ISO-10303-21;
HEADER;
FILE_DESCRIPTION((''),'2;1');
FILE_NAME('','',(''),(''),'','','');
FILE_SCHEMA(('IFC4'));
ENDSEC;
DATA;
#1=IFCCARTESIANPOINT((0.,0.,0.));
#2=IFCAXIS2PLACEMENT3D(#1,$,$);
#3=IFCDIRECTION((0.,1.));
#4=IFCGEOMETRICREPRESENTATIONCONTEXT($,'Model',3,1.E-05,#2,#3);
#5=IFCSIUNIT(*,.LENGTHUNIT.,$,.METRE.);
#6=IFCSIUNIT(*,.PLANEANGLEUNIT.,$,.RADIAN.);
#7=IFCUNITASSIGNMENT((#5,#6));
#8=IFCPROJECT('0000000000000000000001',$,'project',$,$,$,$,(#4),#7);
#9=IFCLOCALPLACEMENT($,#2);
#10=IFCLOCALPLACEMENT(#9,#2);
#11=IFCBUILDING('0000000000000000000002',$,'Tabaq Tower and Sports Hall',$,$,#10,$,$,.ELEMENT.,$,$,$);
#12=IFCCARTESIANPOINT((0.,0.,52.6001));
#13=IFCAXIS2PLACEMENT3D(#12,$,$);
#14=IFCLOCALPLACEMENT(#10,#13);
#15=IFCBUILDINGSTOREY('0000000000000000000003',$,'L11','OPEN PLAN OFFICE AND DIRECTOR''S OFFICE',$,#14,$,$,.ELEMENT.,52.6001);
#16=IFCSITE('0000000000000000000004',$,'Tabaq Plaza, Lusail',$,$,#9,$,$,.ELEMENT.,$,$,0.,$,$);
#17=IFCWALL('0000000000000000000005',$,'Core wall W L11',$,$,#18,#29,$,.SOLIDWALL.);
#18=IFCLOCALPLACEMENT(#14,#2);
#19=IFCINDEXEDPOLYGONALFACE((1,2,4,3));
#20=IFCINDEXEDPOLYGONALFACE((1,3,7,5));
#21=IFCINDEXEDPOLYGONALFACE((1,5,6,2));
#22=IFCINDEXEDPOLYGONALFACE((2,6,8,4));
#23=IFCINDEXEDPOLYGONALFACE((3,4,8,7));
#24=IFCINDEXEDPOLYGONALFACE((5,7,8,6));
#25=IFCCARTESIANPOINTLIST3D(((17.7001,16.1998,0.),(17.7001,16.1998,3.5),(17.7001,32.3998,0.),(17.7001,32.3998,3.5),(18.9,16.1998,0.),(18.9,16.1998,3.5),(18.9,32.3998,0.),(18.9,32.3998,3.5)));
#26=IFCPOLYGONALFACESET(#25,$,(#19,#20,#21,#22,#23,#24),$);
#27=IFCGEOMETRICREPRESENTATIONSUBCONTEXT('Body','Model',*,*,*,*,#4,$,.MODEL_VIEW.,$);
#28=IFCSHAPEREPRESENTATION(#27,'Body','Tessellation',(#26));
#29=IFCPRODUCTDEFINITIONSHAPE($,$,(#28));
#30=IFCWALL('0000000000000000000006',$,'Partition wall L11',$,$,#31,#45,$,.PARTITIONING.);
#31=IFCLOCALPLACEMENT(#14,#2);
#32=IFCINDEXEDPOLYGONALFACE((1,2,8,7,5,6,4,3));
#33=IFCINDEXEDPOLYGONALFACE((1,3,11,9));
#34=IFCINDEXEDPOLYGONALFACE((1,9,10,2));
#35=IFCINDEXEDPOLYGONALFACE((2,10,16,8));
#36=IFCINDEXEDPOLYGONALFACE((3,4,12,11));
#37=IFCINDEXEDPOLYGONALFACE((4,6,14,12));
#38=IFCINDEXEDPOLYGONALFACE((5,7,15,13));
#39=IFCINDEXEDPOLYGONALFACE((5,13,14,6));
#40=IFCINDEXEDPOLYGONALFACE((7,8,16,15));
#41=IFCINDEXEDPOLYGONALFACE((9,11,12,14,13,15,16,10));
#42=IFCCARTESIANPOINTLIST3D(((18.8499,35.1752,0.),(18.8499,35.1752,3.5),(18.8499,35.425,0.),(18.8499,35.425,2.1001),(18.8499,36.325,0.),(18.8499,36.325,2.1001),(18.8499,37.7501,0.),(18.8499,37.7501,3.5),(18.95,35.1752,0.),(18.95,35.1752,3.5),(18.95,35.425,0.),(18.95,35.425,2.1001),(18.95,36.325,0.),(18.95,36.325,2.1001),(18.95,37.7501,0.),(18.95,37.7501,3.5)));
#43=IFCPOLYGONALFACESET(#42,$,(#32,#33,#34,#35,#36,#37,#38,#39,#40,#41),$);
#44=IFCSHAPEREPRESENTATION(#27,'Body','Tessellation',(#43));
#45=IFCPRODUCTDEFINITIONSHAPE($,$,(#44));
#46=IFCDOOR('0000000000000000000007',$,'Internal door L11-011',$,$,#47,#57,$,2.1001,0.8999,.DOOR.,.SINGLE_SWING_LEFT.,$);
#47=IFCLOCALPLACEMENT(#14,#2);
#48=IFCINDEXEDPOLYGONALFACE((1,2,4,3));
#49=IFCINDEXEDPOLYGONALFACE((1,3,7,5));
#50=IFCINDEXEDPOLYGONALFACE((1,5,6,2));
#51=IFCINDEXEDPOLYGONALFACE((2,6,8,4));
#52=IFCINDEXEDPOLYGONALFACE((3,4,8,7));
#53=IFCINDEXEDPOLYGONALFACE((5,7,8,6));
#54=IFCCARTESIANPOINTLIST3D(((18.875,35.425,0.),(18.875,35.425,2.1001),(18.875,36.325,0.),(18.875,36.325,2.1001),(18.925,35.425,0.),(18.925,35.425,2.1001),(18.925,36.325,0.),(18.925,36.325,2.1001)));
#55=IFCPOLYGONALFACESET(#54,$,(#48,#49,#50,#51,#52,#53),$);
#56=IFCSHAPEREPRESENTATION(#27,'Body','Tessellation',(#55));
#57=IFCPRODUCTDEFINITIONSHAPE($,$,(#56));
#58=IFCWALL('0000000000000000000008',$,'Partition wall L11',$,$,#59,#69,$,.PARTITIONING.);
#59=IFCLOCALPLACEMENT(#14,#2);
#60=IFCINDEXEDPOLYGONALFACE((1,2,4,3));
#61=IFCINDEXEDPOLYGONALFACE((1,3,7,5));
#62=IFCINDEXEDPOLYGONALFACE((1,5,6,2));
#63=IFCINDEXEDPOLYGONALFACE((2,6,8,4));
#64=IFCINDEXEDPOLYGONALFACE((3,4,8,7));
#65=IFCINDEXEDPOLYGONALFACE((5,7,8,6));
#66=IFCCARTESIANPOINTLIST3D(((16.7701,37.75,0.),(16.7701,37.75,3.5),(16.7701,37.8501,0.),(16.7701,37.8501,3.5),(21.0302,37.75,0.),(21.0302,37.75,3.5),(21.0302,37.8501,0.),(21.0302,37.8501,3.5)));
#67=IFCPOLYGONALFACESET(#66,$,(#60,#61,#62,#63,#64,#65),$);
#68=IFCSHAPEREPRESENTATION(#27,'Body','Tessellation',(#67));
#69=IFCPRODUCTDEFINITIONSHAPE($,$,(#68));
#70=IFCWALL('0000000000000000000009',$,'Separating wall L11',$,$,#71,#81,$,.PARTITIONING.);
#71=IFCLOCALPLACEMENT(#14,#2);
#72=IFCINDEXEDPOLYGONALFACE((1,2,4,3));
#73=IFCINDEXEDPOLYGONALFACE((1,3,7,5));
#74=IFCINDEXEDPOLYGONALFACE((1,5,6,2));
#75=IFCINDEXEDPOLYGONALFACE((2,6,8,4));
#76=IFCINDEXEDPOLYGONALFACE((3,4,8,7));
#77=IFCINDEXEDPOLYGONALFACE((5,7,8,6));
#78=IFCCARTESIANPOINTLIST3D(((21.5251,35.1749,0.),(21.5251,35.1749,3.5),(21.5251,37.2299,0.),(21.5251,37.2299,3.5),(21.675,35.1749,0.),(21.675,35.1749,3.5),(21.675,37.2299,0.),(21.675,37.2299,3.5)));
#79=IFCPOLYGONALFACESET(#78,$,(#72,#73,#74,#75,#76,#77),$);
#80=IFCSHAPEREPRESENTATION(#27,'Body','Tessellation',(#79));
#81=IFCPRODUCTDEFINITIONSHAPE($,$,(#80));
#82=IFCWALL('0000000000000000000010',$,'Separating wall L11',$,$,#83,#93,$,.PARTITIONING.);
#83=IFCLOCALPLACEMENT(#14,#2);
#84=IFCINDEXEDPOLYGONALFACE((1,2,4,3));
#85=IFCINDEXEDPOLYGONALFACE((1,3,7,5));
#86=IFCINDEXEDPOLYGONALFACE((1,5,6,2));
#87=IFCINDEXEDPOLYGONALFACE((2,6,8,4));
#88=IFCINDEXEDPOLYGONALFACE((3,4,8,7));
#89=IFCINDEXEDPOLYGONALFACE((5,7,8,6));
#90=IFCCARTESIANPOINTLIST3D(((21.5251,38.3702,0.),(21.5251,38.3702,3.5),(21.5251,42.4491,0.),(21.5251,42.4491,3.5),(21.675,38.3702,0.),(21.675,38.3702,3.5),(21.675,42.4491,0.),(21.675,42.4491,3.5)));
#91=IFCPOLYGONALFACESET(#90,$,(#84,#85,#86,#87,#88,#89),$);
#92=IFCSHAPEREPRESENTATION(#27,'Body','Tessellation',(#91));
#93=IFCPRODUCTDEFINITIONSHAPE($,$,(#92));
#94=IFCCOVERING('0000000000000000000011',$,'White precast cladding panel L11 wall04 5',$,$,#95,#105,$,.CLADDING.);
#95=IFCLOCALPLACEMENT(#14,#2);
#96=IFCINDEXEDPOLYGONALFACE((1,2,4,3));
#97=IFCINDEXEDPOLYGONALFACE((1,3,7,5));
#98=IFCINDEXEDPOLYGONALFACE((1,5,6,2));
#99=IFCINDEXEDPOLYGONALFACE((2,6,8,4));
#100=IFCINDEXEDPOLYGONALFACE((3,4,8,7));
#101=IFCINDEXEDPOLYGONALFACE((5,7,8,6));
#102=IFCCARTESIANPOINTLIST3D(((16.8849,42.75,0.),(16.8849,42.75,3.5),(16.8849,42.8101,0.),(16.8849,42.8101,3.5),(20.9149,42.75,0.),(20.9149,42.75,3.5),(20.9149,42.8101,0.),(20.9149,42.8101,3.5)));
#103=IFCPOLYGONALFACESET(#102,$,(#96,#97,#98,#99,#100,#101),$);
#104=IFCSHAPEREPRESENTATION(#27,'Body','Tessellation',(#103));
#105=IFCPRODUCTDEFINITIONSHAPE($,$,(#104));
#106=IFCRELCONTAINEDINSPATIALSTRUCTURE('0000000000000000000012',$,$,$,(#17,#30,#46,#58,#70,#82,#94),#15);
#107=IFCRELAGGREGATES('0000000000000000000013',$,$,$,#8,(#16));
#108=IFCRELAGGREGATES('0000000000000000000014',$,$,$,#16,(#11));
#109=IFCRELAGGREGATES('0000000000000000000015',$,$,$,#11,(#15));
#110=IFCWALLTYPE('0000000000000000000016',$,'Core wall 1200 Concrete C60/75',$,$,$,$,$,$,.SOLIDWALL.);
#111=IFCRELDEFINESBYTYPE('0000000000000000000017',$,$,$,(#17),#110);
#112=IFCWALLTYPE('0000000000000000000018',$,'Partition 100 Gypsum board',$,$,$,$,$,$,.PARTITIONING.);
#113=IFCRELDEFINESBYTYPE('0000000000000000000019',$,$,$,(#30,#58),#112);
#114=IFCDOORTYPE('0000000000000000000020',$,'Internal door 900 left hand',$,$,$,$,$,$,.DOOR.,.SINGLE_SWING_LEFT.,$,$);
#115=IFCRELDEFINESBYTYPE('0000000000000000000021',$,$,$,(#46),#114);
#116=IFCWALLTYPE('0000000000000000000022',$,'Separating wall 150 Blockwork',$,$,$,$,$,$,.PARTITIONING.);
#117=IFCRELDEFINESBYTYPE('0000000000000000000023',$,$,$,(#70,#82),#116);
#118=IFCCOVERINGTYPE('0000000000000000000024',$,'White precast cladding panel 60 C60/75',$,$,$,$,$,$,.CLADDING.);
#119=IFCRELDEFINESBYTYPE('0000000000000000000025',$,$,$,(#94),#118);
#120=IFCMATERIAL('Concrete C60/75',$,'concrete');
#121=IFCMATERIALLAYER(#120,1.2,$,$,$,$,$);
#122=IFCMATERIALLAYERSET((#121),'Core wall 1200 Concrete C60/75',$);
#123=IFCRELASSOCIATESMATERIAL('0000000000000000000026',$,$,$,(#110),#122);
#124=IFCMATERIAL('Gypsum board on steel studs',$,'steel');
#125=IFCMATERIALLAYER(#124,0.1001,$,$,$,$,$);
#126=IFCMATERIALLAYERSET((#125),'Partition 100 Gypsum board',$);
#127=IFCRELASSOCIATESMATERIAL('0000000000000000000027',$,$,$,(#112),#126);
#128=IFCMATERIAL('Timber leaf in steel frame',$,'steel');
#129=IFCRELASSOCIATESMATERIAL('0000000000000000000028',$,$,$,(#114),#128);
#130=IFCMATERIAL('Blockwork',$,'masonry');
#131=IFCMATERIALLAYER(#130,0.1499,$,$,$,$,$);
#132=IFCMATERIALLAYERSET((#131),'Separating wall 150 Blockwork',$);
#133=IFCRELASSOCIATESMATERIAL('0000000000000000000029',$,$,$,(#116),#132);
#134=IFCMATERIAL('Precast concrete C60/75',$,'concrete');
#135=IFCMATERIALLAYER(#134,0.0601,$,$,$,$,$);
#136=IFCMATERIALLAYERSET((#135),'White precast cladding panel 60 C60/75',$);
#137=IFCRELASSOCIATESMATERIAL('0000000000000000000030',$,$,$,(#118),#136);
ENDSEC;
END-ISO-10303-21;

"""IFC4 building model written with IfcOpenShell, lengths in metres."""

from ifc_helpers import new_model, si_unit, direction, frame, frame_2d, origin, place, context, subcontext, project, spatial, rectangle, extrude, material, layer, layer_set, type_object, element, fill, save


model = new_model("IFC4")

# Units and contexts
model_context = context("Model", 3, precision=1e-05, world=origin(), true_north=direction((0.0, 1.0)))
body_context = subcontext(model_context, "Body", "Model", "MODEL_VIEW")
ifc_project = project(units=[si_unit("LENGTHUNIT", "METRE"), si_unit("PLANEANGLEUNIT", "RADIAN")], contexts=[model_context])

# Site, building, storey
site_placement = place(None, origin())
site = spatial("IfcSite", under=ifc_project, at=site_placement, Name="Tabaq Plaza, Lusail", CompositionType="ELEMENT", RefElevation=0.0)
building_placement = place(site_placement, origin())
building = spatial("IfcBuilding", under=site, at=building_placement, Name="Tabaq Tower and Sports Hall", CompositionType="ELEMENT")
storey_placement = place(building_placement, frame((0.0, 0.0, 52.6001)))
storey = spatial("IfcBuildingStorey", under=building, at=storey_placement, Name="L11", Description="OPEN PLAN OFFICE AND DIRECTOR'S OFFICE", CompositionType="ELEMENT", Elevation=52.6001)

# Wall
ifc_material_1 = material(Name="Concrete C60/75", Category="concrete")
ifc_layer_1 = layer(ifc_material_1, 1.2)
ifc_layer_set_1 = layer_set([ifc_layer_1], Name="Core wall 1200 Concrete C60/75")
wall_type_1 = type_object("IfcWallType", Name="Core wall 1200 Concrete C60/75", PredefinedType="SOLIDWALL", material=ifc_layer_set_1)
wall_1_placement = place(storey_placement, frame((18.3, 32.3999, 0.0), z_axis=(0.0, 0.0, 1.0), x_axis=(0.0, -1.0, 0.0)))
element("IfcWall", 1, at=wall_1_placement, inside=storey, type_object=wall_type_1, Name="Core wall W L11", PredefinedType="SOLIDWALL", context=body_context, shape_type="SweptSolid", body=[
    extrude(rectangle(XDim=16.2, YDim=1.2, at=frame_2d((8.1001, 0.0))), origin(), (0.0, 0.0, 1.0), 3.5),
])

# Wall, opening, door
ifc_material_2 = material(Name="Gypsum board on steel studs", Category="steel")
ifc_layer_2 = layer(ifc_material_2, 0.1001)
ifc_layer_set_2 = layer_set([ifc_layer_2], Name="Partition 100 Gypsum board")
wall_type_2 = type_object("IfcWallType", Name="Partition 100 Gypsum board", PredefinedType="PARTITIONING", material=ifc_layer_set_2)
wall_2_placement = place(storey_placement, frame((18.8999, 35.175, 0.0), z_axis=(0.0, 0.0, 1.0), x_axis=(0.0, 1.0, 0.0)))
wall_2 = element("IfcWall", 2, at=wall_2_placement, inside=storey, type_object=wall_type_2, Name="Partition wall L11", PredefinedType="PARTITIONING", context=body_context, shape_type="SweptSolid", body=[
    extrude(rectangle(XDim=2.575, YDim=0.1001, at=frame_2d((1.2876, 0.0))), origin(), (0.0, 0.0, 1.0), 3.5),
])
opening_placement = place(wall_2_placement, frame((0.25, 0.0, 0.0)))
opening = element("IfcOpeningElement", 3, at=opening_placement, cuts=wall_2, PredefinedType="OPENING", context=body_context, shape_type="SweptSolid", body=[
    extrude(rectangle(XDim=0.8999, YDim=2.1001, at=frame_2d((0.45, 1.05))), frame((0.0, 0.05, 0.0), z_axis=(0.0, -1.0, 0.0), x_axis=(1.0, 0.0, 0.0)), (0.0, 0.0, 1.0), 0.1001),
])
ifc_material_3 = material(Name="Timber leaf in steel frame", Category="steel")
door_type = type_object("IfcDoorType", Name="Internal door 900 left hand", OperationType="SINGLE_SWING_LEFT", PredefinedType="DOOR", material=ifc_material_3)
door_placement = place(opening_placement, origin())
door = element("IfcDoor", 4, at=door_placement, inside=storey, type_object=door_type, Name="Internal door L11-011", OperationType="SINGLE_SWING_LEFT", OverallHeight=2.1001, OverallWidth=0.8999, PredefinedType="DOOR", context=body_context, shape_type="SweptSolid", body=[
    extrude(rectangle(XDim=0.8999, YDim=2.1001, at=frame_2d((0.45, 1.05))), frame((0.0, 0.0249, 0.0), z_axis=(0.0, -1.0, 0.0), x_axis=(1.0, 0.0, 0.0)), (0.0, 0.0, 1.0), 0.05),
])
fill(opening, door)

# Walls
wall_3_placement = place(storey_placement, frame((21.03, 37.8, 0.0), z_axis=(0.0, 0.0, 1.0), x_axis=(-1.0, 0.0, 0.0)))
element("IfcWall", 5, at=wall_3_placement, inside=storey, type_object=wall_type_2, Name="Partition wall L11", PredefinedType="PARTITIONING", context=body_context, shape_type="SweptSolid", body=[
    extrude(rectangle(XDim=4.26, YDim=0.1001, at=frame_2d((2.1299, 0.0))), origin(), (0.0, 0.0, 1.0), 3.5),
])
ifc_material_4 = material(Name="Blockwork", Category="masonry")
ifc_layer_3 = layer(ifc_material_4, 0.1499)
ifc_layer_set_3 = layer_set([ifc_layer_3], Name="Separating wall 150 Blockwork")
wall_type_3 = type_object("IfcWallType", Name="Separating wall 150 Blockwork", PredefinedType="PARTITIONING", material=ifc_layer_set_3)
wall_4_placement = place(storey_placement, frame((21.6001, 35.175, 0.0), z_axis=(0.0, 0.0, 1.0), x_axis=(0.0, 1.0, 0.0)))
element("IfcWall", 6, at=wall_4_placement, inside=storey, type_object=wall_type_3, Name="Separating wall L11", PredefinedType="PARTITIONING", context=body_context, shape_type="SweptSolid", body=[
    extrude(rectangle(XDim=2.0549, YDim=0.1499, at=frame_2d((1.0273, 0.0))), origin(), (0.0, 0.0, 1.0), 3.5),
])
wall_5_placement = place(storey_placement, frame((21.6001, 38.3701, 0.0), z_axis=(0.0, 0.0, 1.0), x_axis=(0.0, 1.0, 0.0)))
element("IfcWall", 7, at=wall_5_placement, inside=storey, type_object=wall_type_3, Name="Separating wall L11", PredefinedType="PARTITIONING", context=body_context, shape_type="SweptSolid", body=[
    extrude(rectangle(XDim=4.0789, YDim=0.1499, at=frame_2d((2.0396, 0.0))), origin(), (0.0, 0.0, 1.0), 3.5),
])

# Covering
ifc_material_5 = material(Name="Precast concrete C60/75", Category="concrete")
ifc_layer_4 = layer(ifc_material_5, 0.0601)
ifc_layer_set_4 = layer_set([ifc_layer_4], Name="White precast cladding panel 60 C60/75")
covering_type = type_object("IfcCoveringType", Name="White precast cladding panel 60 C60/75", PredefinedType="CLADDING", material=ifc_layer_set_4)
covering_placement = place(storey_placement, frame((20.915, 42.78, 0.0), z_axis=(0.0, 0.0, 1.0), x_axis=(-1.0, 0.0, 0.0)))
element("IfcCovering", 8, at=covering_placement, inside=storey, type_object=covering_type, Name="White precast cladding panel L11 wall04 5", PredefinedType="CLADDING", context=body_context, shape_type="SweptSolid", body=[
    extrude(rectangle(XDim=4.03, YDim=0.0601, at=frame_2d((2.0151, 0.0))), origin(), (0.0, 0.0, 1.0), 3.5),
])

save(model, "model.ifc")
